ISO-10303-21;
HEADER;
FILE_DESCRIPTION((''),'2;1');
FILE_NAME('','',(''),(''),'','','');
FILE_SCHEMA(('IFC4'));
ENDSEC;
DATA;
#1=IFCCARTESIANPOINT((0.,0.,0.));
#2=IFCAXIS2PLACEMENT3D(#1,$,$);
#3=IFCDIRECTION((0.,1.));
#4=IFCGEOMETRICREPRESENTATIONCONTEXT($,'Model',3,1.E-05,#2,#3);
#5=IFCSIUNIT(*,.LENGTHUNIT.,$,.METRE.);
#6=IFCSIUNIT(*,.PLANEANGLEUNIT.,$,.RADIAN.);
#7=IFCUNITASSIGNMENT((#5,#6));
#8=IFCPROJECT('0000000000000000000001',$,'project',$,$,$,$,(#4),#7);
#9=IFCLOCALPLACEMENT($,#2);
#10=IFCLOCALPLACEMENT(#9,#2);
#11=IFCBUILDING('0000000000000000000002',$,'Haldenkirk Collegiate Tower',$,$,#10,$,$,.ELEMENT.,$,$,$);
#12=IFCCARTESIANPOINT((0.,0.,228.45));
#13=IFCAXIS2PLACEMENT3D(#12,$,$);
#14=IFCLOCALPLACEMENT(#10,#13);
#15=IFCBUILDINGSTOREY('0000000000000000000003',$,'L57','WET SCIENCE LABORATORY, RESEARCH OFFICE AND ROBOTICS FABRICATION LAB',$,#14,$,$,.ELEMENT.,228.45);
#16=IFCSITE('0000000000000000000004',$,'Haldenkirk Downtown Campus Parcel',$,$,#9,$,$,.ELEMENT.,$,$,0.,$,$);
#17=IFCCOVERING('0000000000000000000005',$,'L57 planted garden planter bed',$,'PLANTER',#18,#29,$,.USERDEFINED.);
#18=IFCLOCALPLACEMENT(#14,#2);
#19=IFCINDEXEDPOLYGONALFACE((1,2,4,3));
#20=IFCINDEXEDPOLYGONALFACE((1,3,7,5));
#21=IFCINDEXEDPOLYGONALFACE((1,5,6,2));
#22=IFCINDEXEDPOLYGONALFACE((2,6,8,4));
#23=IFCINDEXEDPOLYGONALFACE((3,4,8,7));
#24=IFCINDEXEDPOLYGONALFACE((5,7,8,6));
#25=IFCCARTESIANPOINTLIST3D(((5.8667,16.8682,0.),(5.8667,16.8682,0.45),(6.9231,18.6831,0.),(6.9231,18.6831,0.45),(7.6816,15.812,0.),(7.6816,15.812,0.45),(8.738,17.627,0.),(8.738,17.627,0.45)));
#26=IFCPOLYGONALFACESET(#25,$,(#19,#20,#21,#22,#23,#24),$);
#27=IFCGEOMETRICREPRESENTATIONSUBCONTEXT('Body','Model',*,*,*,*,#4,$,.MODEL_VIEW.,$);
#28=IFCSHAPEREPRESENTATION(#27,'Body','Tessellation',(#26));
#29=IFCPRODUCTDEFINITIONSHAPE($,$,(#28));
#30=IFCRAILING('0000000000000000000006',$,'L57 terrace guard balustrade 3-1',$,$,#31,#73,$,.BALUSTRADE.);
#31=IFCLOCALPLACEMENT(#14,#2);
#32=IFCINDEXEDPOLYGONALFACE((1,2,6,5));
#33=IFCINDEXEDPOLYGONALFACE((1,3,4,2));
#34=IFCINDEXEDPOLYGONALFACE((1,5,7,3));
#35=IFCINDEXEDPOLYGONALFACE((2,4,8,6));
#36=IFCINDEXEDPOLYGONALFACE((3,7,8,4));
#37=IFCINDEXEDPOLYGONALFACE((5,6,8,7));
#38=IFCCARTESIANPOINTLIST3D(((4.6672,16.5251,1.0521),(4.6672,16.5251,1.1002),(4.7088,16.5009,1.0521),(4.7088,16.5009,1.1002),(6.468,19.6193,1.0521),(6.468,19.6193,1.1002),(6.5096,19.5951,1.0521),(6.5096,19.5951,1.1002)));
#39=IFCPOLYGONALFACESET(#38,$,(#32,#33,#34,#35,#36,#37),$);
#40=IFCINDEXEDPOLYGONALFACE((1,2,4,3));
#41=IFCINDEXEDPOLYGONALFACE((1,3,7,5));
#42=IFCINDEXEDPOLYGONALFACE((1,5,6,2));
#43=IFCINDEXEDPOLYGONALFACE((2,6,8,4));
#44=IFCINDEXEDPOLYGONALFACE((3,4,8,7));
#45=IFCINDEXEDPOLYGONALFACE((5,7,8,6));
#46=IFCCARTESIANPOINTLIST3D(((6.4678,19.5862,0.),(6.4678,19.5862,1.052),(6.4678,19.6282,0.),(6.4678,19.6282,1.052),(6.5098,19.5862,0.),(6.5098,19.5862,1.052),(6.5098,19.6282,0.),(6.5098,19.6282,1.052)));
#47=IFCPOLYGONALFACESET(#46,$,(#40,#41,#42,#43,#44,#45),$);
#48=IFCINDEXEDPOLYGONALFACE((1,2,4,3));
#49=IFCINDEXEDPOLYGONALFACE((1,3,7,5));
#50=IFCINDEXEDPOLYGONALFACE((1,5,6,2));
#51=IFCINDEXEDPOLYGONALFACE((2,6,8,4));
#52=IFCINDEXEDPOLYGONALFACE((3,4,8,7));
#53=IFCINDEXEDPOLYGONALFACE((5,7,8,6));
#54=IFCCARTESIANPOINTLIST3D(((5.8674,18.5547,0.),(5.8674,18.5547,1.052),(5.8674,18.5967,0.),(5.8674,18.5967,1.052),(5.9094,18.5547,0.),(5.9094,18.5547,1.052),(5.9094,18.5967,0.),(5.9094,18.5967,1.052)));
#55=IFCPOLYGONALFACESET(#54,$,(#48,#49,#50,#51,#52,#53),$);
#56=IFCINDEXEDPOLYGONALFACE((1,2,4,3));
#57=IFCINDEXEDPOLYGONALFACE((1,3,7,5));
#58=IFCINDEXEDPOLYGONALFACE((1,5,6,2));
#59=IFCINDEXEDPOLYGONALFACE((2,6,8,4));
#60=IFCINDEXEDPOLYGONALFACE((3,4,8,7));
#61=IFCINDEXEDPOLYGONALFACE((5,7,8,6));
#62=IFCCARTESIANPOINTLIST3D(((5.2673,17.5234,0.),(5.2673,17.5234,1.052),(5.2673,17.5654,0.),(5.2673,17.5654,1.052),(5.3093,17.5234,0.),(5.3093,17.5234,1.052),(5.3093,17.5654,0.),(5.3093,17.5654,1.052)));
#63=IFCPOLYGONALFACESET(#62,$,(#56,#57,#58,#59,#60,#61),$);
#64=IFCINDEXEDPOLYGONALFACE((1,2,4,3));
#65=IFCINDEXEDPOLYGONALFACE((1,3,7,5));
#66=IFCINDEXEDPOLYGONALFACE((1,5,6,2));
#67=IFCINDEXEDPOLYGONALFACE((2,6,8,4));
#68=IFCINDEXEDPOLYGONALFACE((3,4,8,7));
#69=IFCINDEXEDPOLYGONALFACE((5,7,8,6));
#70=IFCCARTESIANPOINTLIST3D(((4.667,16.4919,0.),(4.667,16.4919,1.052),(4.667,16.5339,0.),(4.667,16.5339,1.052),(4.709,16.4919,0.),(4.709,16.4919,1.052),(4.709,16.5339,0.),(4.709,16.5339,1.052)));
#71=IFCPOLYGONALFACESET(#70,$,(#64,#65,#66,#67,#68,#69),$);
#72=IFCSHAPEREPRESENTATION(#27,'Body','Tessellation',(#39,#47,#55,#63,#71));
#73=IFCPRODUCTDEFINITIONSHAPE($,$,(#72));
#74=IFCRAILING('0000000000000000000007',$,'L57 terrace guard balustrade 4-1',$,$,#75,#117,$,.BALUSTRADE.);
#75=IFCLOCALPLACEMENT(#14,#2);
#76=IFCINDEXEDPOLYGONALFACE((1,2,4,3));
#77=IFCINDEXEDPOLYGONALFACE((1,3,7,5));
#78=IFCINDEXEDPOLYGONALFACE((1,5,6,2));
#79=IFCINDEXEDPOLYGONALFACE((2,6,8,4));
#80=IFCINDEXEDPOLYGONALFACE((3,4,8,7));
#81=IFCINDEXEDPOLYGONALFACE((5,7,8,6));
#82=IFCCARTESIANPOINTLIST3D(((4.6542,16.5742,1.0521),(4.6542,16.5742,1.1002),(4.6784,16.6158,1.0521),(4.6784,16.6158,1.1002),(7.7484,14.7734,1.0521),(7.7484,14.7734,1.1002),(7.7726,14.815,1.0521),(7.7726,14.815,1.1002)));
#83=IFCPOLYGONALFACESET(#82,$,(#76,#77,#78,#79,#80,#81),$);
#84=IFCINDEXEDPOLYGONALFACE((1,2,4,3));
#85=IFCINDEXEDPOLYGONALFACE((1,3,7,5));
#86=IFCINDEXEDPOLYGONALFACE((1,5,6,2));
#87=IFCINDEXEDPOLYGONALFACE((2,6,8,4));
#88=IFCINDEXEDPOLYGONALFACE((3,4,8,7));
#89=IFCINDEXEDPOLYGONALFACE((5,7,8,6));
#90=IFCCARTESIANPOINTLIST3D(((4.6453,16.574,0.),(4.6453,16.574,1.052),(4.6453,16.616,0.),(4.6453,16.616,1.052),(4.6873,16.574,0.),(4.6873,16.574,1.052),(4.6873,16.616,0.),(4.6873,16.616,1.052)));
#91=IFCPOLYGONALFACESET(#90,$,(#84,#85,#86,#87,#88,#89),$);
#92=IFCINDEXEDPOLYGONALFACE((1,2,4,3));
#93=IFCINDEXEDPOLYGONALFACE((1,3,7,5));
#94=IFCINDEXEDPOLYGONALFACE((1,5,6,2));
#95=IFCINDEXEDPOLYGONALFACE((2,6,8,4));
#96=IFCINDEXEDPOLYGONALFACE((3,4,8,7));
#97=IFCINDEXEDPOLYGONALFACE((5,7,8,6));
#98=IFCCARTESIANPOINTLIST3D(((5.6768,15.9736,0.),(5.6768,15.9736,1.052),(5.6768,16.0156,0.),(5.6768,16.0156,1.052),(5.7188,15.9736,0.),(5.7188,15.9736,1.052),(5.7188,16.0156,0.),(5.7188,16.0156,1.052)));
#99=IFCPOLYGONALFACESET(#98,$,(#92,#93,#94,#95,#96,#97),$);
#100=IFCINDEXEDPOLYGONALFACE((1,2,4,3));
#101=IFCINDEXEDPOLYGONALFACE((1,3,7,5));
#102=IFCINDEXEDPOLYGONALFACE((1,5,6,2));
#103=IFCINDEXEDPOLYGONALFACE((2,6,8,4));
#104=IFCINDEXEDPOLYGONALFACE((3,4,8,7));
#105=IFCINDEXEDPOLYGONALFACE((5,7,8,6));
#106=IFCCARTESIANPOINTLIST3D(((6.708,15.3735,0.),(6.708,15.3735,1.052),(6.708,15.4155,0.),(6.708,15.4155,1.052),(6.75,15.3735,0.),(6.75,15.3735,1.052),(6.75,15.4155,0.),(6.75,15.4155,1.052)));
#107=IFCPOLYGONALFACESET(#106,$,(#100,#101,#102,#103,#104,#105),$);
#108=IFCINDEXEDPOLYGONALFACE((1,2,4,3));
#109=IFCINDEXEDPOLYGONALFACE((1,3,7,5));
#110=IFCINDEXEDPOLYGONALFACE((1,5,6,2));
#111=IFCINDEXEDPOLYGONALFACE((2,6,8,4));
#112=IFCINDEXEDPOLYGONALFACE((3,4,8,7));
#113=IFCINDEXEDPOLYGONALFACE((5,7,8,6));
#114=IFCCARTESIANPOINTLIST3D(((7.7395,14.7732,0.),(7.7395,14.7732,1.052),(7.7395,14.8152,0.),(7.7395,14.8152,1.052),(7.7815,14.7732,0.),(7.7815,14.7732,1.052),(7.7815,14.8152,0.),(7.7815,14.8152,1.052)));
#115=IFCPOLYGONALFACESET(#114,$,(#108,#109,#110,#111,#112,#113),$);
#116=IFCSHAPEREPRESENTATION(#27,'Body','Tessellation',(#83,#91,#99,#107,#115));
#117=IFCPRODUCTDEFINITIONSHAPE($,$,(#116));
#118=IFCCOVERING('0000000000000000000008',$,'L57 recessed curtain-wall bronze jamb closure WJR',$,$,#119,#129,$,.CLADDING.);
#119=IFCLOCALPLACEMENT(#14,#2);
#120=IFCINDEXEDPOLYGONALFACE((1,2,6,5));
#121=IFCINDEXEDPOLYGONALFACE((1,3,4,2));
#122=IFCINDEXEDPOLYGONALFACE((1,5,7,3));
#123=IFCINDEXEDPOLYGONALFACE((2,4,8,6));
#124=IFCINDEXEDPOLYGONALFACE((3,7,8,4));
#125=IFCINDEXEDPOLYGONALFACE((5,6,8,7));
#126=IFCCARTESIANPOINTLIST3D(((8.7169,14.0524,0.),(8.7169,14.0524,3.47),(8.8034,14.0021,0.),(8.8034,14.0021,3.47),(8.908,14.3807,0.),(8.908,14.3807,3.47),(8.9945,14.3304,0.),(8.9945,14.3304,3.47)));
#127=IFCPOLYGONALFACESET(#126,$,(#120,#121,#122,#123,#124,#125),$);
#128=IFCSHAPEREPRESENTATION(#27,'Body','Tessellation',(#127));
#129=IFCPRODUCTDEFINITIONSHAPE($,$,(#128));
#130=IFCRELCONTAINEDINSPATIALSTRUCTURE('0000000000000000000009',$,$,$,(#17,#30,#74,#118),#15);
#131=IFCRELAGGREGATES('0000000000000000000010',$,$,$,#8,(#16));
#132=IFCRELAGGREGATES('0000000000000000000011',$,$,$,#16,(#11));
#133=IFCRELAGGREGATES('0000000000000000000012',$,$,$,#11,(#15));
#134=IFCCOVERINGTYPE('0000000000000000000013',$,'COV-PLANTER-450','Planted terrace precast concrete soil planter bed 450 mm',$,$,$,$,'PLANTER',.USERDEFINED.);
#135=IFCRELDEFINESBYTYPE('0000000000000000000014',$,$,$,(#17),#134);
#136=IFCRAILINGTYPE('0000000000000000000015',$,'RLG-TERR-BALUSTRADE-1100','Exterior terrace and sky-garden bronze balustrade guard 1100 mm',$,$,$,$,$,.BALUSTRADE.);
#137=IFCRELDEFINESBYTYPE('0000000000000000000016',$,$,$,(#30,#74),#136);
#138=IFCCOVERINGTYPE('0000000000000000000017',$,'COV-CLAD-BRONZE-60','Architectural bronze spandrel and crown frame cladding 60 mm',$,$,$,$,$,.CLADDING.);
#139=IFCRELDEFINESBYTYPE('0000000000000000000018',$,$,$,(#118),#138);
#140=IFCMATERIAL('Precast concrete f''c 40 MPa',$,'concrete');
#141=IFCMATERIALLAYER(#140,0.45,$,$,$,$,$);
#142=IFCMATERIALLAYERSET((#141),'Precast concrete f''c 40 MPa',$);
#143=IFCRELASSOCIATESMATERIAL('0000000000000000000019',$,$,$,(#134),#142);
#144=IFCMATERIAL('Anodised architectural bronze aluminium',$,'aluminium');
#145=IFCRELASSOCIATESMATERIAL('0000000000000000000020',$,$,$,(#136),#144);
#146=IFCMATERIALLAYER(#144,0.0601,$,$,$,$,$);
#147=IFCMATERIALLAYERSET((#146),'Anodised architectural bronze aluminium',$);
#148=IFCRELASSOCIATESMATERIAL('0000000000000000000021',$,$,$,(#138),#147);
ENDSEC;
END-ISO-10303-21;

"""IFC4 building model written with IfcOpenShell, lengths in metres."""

from ifc_helpers import new_model, si_unit, direction, frame, origin, origin_2d, place, context, subcontext, project, spatial, polyline, rectangle, outline, extrude, source, transform, mapped, material, layer, layer_set, type_object, element, save


model = new_model("IFC4")

# Units and contexts
model_context = context("Model", 3, precision=1e-05, world=origin(), true_north=direction((0.0, 1.0)))
body_context = subcontext(model_context, "Body", "Model", "MODEL_VIEW")
ifc_project = project(units=[si_unit("LENGTHUNIT", "METRE"), si_unit("PLANEANGLEUNIT", "RADIAN")], contexts=[model_context])

# Site, building, storey
site_placement = place(None, origin())
site = spatial("IfcSite", under=ifc_project, at=site_placement, Name="Haldenkirk Downtown Campus Parcel", CompositionType="ELEMENT", RefElevation=0.0)
building_placement = place(site_placement, origin())
building = spatial("IfcBuilding", under=site, at=building_placement, Name="Haldenkirk Collegiate Tower", CompositionType="ELEMENT")
storey_placement = place(building_placement, frame((0.0, 0.0, 228.45)))
storey = spatial("IfcBuildingStorey", under=building, at=storey_placement, Name="L57", Description="WET SCIENCE LABORATORY, RESEARCH OFFICE AND ROBOTICS FABRICATION LAB", CompositionType="ELEMENT", Elevation=228.45)

# Shared definitions
ifc_material_1 = material(Name="Anodised architectural bronze aluminium", Category="aluminium")

# Shared definitions
ifc_material_2 = material(Name="Precast concrete f'c 40 MPa", Category="concrete")

# Covering
ifc_layer_1 = layer(ifc_material_2, 0.45)
ifc_layer_set_1 = layer_set([ifc_layer_1], Name="Precast concrete f'c 40 MPa")
covering_type_1 = type_object("IfcCoveringType", Name="COV-PLANTER-450", Description="Planted terrace precast concrete soil planter bed 450 mm", ElementType="PLANTER", PredefinedType="USERDEFINED", material=ifc_layer_set_1)
covering_1_placement = place(storey_placement, origin())
element("IfcCovering", 1, at=covering_1_placement, inside=storey, type_object=covering_type_1, Name="L57 planted garden planter bed", ObjectType="PLANTER", PredefinedType="USERDEFINED", context=body_context, shape_type="SweptSolid", body=[
    extrude(outline(polyline([(7.6816, 15.812), (5.8667, 16.8682), (6.9231, 18.6831), (8.738, 17.627), (7.6816, 15.812)])), origin(), (0.0, 0.0, 1.0), 0.45),
])

# Railings
railing_type = type_object("IfcRailingType", Name="RLG-TERR-BALUSTRADE-1100", Description="Exterior terrace and sky-garden bronze balustrade guard 1100 mm", PredefinedType="BALUSTRADE", material=ifc_material_1)
railing_1_placement = place(storey_placement, frame((6.4888, 19.6072, 0.0)))
element("IfcRailing", 2, at=railing_1_placement, inside=storey, type_object=railing_type, Name="L57 terrace guard balustrade 3-1", PredefinedType="BALUSTRADE", context=body_context, shape_type="SweptSolid", body=[
    extrude(rectangle(XDim=0.0481, YDim=0.0481, at=origin_2d()), frame((0.0, 0.0, 1.0762), z_axis=(-0.502997, -0.864288, 0.0), x_axis=(0.864288, -0.502997, 0.0)), (0.0, 0.0, 1.0), 3.5801),
    extrude(rectangle(XDim=0.042, YDim=0.042, at=origin_2d()), origin(), (0.0, 0.0, 1.0), 1.052),
    extrude(rectangle(XDim=0.042, YDim=0.042, at=origin_2d()), frame((-0.6003, -1.0315, 0.0)), (0.0, 0.0, 1.0), 1.052),
    extrude(rectangle(XDim=0.042, YDim=0.042, at=origin_2d()), frame((-1.2004, -2.0627, 0.0)), (0.0, 0.0, 1.0), 1.052),
    extrude(rectangle(XDim=0.042, YDim=0.042, at=origin_2d()), frame((-1.8008, -3.0942, 0.0)), (0.0, 0.0, 1.0), 1.052),
])
railing_2_placement = place(storey_placement, frame((4.6663, 16.595, 0.0)))
element("IfcRailing", 3, at=railing_2_placement, inside=storey, type_object=railing_type, Name="L57 terrace guard balustrade 4-1", PredefinedType="BALUSTRADE", context=body_context, shape_type="SweptSolid", body=[
    extrude(rectangle(XDim=0.0481, YDim=0.0481, at=origin_2d()), frame((0.0, 0.0, 1.0762), z_axis=(0.864288, -0.502997, 0.0), x_axis=(0.502997, 0.864288, 0.0)), (0.0, 0.0, 1.0), 3.5801),
    extrude(rectangle(XDim=0.042, YDim=0.042, at=origin_2d()), origin(), (0.0, 0.0, 1.0), 1.052),
    extrude(rectangle(XDim=0.042, YDim=0.042, at=origin_2d()), frame((1.0315, -0.6003, 0.0)), (0.0, 0.0, 1.0), 1.052),
    extrude(rectangle(XDim=0.042, YDim=0.042, at=origin_2d()), frame((2.0627, -1.2004, 0.0)), (0.0, 0.0, 1.0), 1.052),
    extrude(rectangle(XDim=0.042, YDim=0.042, at=origin_2d()), frame((3.0942, -1.8008, 0.0)), (0.0, 0.0, 1.0), 1.052),
])

# Covering
ifc_layer_2 = layer(ifc_material_1, 0.0601)
ifc_layer_set_2 = layer_set([ifc_layer_2], Name="Anodised architectural bronze aluminium")
covering_type_2 = type_object("IfcCoveringType", Name="COV-CLAD-BRONZE-60", Description="Architectural bronze spandrel and crown frame cladding 60 mm", PredefinedType="CLADDING", material=ifc_layer_set_2)
shared_shape = source(origin(), body_context, "Body", "SweptSolid", [
    extrude(rectangle(XDim=0.1001, YDim=0.3799, at=origin_2d()), origin(), (0.0, 0.0, 1.0), 3.47),
])
covering_2_placement = place(storey_placement, frame((8.8557, 14.1914, 0.0), z_axis=(0.0, 0.0, 1.0), x_axis=(-0.864275, 0.50302, 0.0)))
element("IfcCovering", 4, at=covering_2_placement, inside=storey, type_object=covering_type_2, Name="L57 recessed curtain-wall bronze jamb closure WJR", PredefinedType="CLADDING", context=body_context, shape_type="MappedRepresentation", body=[
    mapped(shared_shape, transform((0.0, 0.0, 0.0), x_axis=(1.0, 0.0, 0.0), y_axis=(0.0, 1.0, 0.0), z_axis=(0.0, 0.0, 1.0), scale=1.0)),
])

save(model, "model.ifc")
